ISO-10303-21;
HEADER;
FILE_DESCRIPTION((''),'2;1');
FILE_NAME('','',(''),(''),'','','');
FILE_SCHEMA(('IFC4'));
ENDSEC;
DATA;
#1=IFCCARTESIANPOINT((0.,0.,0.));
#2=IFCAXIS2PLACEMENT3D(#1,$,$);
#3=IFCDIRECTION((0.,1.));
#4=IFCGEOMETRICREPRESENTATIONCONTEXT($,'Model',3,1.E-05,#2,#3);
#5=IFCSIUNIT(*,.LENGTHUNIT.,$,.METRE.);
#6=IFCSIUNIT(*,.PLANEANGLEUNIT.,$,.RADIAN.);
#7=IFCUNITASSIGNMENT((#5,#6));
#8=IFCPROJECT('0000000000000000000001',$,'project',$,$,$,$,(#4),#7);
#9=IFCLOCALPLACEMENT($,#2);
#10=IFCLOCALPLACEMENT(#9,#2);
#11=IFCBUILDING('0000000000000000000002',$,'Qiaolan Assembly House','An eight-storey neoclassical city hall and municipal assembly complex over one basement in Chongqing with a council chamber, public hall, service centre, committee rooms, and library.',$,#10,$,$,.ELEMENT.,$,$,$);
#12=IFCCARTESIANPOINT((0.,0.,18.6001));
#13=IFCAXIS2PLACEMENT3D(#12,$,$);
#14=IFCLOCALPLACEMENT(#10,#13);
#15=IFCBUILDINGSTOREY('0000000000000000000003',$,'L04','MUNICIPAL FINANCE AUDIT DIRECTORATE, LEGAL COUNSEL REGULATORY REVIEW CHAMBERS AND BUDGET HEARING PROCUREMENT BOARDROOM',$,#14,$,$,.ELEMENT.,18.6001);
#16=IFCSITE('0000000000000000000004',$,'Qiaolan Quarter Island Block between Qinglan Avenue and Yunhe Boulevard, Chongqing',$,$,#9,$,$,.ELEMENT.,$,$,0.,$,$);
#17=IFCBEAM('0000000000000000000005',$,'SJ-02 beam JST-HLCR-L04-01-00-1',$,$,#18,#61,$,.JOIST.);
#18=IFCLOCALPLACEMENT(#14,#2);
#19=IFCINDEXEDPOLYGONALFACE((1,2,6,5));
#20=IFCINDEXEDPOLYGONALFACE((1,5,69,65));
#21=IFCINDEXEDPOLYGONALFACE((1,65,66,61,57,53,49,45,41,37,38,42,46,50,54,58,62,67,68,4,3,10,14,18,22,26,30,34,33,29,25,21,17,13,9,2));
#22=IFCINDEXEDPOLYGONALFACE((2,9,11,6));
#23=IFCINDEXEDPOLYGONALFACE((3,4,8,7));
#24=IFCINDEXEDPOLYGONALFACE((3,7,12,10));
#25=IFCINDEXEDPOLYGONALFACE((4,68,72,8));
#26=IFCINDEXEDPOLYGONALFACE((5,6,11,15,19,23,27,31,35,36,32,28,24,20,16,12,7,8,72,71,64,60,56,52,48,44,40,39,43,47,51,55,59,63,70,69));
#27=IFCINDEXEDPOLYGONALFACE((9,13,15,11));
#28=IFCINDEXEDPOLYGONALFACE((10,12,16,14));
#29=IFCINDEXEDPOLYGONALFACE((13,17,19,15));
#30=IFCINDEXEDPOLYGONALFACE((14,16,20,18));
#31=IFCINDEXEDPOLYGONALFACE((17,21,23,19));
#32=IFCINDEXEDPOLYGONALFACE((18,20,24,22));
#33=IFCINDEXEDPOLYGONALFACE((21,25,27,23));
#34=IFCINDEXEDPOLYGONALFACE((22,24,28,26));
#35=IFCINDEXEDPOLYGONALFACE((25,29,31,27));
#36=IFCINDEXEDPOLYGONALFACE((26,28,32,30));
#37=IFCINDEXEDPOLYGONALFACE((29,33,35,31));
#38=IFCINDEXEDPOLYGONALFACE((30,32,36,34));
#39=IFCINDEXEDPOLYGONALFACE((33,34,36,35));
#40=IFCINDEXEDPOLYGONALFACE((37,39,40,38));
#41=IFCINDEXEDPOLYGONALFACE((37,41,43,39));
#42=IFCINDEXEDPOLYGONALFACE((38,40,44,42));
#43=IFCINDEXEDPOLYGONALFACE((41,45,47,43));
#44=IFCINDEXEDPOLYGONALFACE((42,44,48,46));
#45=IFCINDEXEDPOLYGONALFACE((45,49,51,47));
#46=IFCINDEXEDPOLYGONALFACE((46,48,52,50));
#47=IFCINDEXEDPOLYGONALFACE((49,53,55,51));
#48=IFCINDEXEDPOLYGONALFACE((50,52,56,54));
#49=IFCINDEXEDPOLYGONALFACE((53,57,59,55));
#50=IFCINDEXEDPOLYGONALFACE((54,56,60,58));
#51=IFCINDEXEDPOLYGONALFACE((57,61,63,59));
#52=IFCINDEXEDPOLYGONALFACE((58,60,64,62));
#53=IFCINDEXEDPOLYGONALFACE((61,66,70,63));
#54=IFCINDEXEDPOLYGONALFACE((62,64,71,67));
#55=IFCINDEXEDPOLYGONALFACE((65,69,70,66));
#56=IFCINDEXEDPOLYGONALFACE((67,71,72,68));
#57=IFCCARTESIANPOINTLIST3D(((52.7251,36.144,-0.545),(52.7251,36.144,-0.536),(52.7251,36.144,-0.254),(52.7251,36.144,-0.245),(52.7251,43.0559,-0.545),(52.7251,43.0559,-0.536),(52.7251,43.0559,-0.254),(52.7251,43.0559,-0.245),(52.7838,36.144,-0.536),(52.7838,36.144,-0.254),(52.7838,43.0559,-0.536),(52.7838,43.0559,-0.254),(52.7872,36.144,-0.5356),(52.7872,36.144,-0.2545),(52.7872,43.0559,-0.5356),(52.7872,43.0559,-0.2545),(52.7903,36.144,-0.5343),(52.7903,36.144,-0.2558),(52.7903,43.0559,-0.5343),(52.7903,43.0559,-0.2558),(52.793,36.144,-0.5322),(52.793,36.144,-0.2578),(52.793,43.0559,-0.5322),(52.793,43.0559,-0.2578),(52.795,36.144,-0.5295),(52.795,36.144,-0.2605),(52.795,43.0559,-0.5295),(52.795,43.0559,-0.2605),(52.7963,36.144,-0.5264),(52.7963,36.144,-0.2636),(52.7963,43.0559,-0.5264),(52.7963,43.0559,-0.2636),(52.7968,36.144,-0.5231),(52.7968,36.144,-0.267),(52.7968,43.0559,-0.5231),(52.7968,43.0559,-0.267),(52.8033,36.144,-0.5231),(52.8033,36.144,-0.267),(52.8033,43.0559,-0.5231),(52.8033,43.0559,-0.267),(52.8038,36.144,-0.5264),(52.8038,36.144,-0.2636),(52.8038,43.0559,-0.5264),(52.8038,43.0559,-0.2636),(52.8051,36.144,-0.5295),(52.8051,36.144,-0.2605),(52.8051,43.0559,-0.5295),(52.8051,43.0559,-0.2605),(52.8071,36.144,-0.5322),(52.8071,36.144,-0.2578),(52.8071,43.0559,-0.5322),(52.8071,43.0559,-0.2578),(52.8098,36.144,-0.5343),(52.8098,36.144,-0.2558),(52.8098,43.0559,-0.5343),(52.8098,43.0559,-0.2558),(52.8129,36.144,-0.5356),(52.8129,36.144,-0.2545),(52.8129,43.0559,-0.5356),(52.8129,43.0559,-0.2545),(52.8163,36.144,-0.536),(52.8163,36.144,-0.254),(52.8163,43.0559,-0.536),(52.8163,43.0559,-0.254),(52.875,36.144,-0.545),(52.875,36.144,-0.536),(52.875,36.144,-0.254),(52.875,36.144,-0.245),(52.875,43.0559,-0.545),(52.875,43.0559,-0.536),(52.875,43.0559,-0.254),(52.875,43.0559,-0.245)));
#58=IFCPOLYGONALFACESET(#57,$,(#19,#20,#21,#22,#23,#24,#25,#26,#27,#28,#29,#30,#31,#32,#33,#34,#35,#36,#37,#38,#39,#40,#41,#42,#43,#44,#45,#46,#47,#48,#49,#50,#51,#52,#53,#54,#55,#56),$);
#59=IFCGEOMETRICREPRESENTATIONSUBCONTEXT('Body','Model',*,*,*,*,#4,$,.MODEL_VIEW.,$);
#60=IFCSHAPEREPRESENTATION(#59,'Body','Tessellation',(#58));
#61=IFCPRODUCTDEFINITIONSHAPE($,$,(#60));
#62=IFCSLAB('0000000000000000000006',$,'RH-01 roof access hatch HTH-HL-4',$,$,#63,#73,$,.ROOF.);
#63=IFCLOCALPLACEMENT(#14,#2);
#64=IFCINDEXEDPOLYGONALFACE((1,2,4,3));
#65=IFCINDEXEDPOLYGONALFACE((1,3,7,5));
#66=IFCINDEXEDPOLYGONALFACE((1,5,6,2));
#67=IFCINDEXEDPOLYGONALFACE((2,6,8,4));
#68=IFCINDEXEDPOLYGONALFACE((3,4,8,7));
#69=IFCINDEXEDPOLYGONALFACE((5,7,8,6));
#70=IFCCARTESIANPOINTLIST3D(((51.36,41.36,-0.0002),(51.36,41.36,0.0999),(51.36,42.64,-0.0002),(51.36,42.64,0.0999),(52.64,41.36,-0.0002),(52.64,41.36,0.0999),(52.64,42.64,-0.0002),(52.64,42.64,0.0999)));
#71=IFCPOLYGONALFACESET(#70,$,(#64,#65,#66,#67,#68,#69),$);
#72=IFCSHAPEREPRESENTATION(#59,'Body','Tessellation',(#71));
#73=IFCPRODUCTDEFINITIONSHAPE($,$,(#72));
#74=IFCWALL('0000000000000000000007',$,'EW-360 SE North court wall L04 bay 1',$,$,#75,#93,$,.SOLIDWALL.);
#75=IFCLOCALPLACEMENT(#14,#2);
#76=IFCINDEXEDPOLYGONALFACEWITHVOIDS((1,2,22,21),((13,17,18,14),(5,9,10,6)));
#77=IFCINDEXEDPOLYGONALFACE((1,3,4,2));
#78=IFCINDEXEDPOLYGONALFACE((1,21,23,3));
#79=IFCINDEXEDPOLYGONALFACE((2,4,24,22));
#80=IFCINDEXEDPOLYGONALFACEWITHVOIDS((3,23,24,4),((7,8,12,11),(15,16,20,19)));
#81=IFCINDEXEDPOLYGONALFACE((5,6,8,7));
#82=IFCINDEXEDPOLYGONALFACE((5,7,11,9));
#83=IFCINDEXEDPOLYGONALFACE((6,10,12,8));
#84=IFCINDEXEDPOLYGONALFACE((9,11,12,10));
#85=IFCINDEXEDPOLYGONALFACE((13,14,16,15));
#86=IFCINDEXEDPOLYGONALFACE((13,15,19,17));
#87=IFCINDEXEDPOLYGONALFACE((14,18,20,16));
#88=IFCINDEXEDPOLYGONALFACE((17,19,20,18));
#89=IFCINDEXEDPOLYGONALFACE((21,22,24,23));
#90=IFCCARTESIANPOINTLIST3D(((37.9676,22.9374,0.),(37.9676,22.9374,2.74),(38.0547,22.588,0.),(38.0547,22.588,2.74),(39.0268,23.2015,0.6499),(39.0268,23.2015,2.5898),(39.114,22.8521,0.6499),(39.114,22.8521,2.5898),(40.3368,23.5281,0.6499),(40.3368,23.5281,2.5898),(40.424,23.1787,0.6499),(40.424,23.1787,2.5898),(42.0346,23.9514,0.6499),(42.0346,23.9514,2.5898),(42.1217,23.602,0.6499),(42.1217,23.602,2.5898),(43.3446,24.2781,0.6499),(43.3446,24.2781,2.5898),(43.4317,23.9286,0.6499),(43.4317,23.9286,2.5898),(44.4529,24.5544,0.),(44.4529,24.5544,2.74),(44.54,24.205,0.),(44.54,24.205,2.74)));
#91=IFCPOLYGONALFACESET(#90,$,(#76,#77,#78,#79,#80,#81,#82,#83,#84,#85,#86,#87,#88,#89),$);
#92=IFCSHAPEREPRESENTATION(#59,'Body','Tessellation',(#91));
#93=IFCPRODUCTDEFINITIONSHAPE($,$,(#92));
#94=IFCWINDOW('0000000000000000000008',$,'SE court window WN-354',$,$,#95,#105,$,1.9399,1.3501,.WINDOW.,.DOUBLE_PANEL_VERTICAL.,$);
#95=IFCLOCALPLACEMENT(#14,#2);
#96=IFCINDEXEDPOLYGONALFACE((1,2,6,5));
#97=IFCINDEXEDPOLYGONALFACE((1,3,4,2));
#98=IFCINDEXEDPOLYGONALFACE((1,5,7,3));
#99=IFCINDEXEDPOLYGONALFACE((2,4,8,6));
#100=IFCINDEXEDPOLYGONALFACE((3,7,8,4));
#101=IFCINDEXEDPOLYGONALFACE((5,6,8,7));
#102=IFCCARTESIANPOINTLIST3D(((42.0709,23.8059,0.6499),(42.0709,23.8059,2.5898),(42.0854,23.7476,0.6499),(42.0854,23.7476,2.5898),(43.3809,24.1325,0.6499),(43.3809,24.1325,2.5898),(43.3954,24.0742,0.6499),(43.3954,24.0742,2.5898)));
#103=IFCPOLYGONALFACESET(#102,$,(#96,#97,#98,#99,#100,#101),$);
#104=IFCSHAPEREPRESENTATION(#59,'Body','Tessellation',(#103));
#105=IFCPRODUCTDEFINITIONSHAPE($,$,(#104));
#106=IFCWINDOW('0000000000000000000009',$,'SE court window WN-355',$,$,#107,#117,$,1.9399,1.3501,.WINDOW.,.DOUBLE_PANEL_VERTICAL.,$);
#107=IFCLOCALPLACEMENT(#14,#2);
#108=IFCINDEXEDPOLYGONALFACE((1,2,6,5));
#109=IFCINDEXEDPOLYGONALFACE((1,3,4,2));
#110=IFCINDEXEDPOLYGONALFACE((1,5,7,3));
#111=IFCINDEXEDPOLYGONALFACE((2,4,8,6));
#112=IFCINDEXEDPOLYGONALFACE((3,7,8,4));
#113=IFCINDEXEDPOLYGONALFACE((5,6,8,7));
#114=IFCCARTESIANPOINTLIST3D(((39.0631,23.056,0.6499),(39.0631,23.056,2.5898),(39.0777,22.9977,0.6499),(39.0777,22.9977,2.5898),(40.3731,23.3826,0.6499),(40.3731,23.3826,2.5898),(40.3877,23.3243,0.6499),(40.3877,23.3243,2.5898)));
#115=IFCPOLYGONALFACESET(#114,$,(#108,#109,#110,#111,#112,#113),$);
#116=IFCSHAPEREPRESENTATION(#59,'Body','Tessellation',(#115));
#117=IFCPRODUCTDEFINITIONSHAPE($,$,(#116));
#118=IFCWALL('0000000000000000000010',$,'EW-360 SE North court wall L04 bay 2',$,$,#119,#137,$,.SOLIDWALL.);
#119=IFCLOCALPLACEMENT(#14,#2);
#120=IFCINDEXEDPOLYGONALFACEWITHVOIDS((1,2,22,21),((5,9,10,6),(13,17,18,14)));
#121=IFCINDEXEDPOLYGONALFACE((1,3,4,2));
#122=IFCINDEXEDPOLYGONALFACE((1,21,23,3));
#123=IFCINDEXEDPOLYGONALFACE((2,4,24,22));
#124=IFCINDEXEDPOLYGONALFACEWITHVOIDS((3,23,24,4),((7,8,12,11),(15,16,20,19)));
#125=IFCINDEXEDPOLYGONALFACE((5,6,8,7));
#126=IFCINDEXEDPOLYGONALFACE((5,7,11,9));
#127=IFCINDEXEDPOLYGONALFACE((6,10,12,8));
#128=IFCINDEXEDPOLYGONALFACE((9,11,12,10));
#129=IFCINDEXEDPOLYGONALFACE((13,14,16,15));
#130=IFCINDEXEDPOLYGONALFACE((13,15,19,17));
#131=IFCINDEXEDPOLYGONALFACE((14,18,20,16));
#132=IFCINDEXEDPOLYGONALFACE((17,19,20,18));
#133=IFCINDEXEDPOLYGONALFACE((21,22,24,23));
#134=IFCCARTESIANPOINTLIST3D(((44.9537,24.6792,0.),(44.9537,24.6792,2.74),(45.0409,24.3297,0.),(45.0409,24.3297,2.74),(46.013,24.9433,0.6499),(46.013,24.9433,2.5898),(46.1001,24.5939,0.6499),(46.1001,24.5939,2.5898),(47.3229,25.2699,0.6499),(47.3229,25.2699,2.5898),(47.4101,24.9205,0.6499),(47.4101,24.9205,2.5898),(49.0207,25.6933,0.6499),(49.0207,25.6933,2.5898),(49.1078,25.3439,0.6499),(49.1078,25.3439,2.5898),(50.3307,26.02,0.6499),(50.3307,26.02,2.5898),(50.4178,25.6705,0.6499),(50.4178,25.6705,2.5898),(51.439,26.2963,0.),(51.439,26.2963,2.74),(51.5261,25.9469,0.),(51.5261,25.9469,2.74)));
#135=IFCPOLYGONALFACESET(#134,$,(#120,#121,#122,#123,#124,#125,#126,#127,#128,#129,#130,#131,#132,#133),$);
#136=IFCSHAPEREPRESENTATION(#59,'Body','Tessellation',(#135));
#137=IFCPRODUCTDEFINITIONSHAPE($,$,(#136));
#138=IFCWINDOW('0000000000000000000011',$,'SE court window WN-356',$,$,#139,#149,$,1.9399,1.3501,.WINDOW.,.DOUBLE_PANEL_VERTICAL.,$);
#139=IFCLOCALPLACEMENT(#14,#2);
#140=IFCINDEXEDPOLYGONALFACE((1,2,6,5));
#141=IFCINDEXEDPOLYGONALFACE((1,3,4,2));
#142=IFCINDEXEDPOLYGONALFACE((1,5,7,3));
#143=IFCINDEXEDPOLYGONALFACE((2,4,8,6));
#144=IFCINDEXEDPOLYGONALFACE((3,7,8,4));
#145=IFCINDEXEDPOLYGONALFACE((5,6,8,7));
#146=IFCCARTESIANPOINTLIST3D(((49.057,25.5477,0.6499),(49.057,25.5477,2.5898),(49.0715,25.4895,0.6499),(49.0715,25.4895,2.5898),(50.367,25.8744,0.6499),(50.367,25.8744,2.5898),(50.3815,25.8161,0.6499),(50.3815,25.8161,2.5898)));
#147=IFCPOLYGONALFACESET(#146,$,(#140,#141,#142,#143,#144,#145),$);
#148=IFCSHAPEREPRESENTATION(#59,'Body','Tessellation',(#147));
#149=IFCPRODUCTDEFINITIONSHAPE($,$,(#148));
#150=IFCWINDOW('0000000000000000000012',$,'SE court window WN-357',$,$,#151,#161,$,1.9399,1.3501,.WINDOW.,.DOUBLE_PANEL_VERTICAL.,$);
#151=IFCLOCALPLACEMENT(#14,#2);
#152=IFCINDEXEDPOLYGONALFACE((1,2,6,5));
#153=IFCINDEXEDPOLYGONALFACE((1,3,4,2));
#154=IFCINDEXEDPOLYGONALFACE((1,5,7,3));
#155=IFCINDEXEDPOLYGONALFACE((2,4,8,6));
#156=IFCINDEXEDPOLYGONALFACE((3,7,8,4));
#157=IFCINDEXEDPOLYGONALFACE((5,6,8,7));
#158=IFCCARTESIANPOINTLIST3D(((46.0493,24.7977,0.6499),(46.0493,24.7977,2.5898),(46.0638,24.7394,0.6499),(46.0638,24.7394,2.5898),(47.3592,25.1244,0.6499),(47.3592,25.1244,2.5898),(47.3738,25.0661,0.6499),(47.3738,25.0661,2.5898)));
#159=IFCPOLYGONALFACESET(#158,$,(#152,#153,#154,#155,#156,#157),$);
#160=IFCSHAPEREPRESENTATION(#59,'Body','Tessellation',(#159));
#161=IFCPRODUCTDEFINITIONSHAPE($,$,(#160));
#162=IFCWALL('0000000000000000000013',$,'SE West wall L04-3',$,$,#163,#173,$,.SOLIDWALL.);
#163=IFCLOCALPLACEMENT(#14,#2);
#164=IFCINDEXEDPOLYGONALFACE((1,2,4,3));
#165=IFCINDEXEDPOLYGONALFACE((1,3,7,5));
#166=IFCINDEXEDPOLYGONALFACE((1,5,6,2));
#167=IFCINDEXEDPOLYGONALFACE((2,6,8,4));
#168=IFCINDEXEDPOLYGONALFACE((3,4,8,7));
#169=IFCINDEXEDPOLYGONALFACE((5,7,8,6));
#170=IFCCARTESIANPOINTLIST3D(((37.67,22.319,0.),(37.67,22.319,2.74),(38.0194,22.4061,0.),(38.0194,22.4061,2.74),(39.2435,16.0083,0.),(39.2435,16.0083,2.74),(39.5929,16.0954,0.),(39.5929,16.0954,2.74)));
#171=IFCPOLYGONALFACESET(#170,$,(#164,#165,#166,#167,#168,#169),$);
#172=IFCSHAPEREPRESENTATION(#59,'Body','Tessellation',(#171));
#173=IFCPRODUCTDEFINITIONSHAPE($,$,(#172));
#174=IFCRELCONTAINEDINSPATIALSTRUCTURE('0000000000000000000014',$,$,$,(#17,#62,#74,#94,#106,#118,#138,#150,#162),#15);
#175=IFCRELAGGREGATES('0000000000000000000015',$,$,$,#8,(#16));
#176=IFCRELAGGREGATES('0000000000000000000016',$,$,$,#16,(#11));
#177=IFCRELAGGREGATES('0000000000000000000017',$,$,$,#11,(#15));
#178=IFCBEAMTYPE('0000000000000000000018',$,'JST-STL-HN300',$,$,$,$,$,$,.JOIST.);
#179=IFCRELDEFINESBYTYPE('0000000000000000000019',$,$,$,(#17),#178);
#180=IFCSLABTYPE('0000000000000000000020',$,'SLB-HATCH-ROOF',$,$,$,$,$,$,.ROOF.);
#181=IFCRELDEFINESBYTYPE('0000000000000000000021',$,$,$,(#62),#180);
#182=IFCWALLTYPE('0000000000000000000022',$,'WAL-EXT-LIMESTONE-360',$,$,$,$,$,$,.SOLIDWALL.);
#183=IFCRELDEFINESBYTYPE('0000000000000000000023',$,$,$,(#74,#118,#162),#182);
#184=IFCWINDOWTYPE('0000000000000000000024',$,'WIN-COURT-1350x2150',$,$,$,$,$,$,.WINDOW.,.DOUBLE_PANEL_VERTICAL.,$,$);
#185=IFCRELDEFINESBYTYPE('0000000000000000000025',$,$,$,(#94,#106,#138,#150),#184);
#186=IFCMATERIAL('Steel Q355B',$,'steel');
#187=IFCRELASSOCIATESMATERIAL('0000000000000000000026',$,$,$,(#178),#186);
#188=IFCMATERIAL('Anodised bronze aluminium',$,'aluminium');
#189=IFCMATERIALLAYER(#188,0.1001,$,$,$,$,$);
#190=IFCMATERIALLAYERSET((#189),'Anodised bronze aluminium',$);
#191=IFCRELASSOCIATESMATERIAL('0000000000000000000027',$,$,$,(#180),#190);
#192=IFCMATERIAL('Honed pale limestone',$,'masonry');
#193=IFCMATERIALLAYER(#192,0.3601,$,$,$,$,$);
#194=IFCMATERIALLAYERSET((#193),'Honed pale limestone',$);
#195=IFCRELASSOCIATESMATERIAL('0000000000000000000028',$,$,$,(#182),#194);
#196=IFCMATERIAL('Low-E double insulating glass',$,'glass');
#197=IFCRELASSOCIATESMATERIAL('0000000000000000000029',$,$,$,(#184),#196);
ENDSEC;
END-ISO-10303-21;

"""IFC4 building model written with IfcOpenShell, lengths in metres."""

from ifc_helpers import new_model, si_unit, direction, frame, frame_2d, origin, origin_2d, place, context, subcontext, project, spatial, rectangle, i_section, extrude, material, layer, layer_set, material_profile, profile_set, type_object, element, fill, save


model = new_model("IFC4")

# Units and contexts
model_context = context("Model", 3, precision=1e-05, world=origin(), true_north=direction((0.0, 1.0)))
body_context = subcontext(model_context, "Body", "Model", "MODEL_VIEW")
ifc_project = project(units=[si_unit("LENGTHUNIT", "METRE"), si_unit("PLANEANGLEUNIT", "RADIAN")], contexts=[model_context])

# Site, building, storey
site_placement = place(None, origin())
site = spatial("IfcSite", under=ifc_project, at=site_placement, Name="Qiaolan Quarter Island Block between Qinglan Avenue and Yunhe Boulevard, Chongqing", CompositionType="ELEMENT", RefElevation=0.0)
building_placement = place(site_placement, origin())
building = spatial("IfcBuilding", under=site, at=building_placement, Name="Qiaolan Assembly House", Description="An eight-storey neoclassical city hall and municipal assembly complex over one basement in Chongqing with a council chamber, public hall, service centre, committee rooms, and library.", CompositionType="ELEMENT")
storey_placement = place(building_placement, frame((0.0, 0.0, 18.6001)))
storey = spatial("IfcBuildingStorey", under=building, at=storey_placement, Name="L04", Description="MUNICIPAL FINANCE AUDIT DIRECTORATE, LEGAL COUNSEL REGULATORY REVIEW CHAMBERS AND BUDGET HEARING PROCUREMENT BOARDROOM", CompositionType="ELEMENT", Elevation=18.6001)

# Beam
ifc_material_1 = material(Name="Steel Q355B", Category="steel")
ifc_material_profile_1 = material_profile(ifc_material_1, i_section(OverallWidth=0.1499, OverallDepth=0.3, WebThickness=0.0066, FlangeThickness=0.009, FilletRadius=0.0129, at=origin_2d()), Name="HN 300x150x6.5x9")
ifc_profile_set_1 = profile_set([ifc_material_profile_1], Name="Steel Q355B")
beam_type_1 = type_object("IfcBeamType", Name="JST-STL-HN300", PredefinedType="JOIST", material=ifc_profile_set_1)
for number, where, z_axis, x_axis, name in (
    (1, (52.8, 36.144, -0.395), (0.0, 1.0, 0.0), (-1.0, 0.0, 0.0), "SJ-02 beam JST-HLCR-L04-01-00-1"),
):
    element("IfcBeam", number, at=place(storey_placement, frame(where, z_axis=z_axis, x_axis=x_axis)), inside=storey, type_object=beam_type_1, Name=name, PredefinedType="JOIST", context=body_context, shape_type="SweptSolid", body=[
        extrude(i_section(OverallWidth=0.1499, OverallDepth=0.3, WebThickness=0.0066, FlangeThickness=0.009, FilletRadius=0.0129, at=origin_2d()), origin(), (0.0, 0.0, 1.0), 6.9119),
    ])

# Slab
ifc_material_2 = material(Name="Anodised bronze aluminium", Category="aluminium")
ifc_layer_1 = layer(ifc_material_2, 0.1001)
ifc_layer_set_1 = layer_set([ifc_layer_1], Name="Anodised bronze aluminium")
slab_type = type_object("IfcSlabType", Name="SLB-HATCH-ROOF", PredefinedType="ROOF", material=ifc_layer_set_1)
slab_placement = place(storey_placement, frame((52.0, 42.0, -0.0002), z_axis=(0.0, 0.0, 1.0), x_axis=(1.0, 0.0, 0.0)))
element("IfcSlab", 2, at=slab_placement, inside=storey, type_object=slab_type, Name="RH-01 roof access hatch HTH-HL-4", PredefinedType="ROOF", context=body_context, shape_type="SweptSolid", body=[
    extrude(rectangle(XDim=1.28, YDim=1.28, at=origin_2d()), origin(), (0.0, 0.0, 1.0), 0.1001),
])

# Walls, openings, windows
ifc_material_3 = material(Name="Honed pale limestone", Category="masonry")
ifc_layer_2 = layer(ifc_material_3, 0.3601)
ifc_layer_set_2 = layer_set([ifc_layer_2], Name="Honed pale limestone")
wall_type_1 = type_object("IfcWallType", Name="WAL-EXT-LIMESTONE-360", PredefinedType="SOLIDWALL", material=ifc_layer_set_2)
wall_1_placement = place(storey_placement, frame((44.4963, 24.3796, 0.0), z_axis=(0.0, 0.0, 1.0), x_axis=(-0.970297, -0.241917, 0.0)))
wall_1 = element("IfcWall", 3, at=wall_1_placement, inside=storey, type_object=wall_type_1, Name="EW-360 SE North court wall L04 bay 1", PredefinedType="SOLIDWALL", context=body_context, shape_type="SweptSolid", body=[
    extrude(rectangle(XDim=6.6838, YDim=0.3601, at=frame_2d((3.3418, 0.0))), origin(), (0.0, 0.0, 1.0), 2.74),
])
opening_1_placement = place(wall_1_placement, frame((1.1421, 0.0, 0.6499)))
opening_1 = element("IfcOpeningElement", 4, at=opening_1_placement, cuts=wall_1, PredefinedType="OPENING", context=body_context, shape_type="SweptSolid", body=[
    extrude(rectangle(XDim=1.3501, YDim=1.9399, at=frame_2d((0.675, 0.97))), frame((0.0, 0.1899, 0.0), z_axis=(0.0, -1.0, 0.0), x_axis=(1.0, 0.0, 0.0)), (0.0, 0.0, 1.0), 0.3801),
])
opening_2_placement = place(wall_1_placement, frame((4.2419, 0.0, 0.6499)))
opening_2 = element("IfcOpeningElement", 5, at=opening_2_placement, cuts=wall_1, PredefinedType="OPENING", context=body_context, shape_type="SweptSolid", body=[
    extrude(rectangle(XDim=1.3501, YDim=1.9399, at=frame_2d((0.675, 0.97))), frame((0.0, 0.1899, 0.0), z_axis=(0.0, -1.0, 0.0), x_axis=(1.0, 0.0, 0.0)), (0.0, 0.0, 1.0), 0.3801),
])
ifc_material_4 = material(Name="Low-E double insulating glass", Category="glass")
window_type = type_object("IfcWindowType", Name="WIN-COURT-1350x2150", PartitioningType="DOUBLE_PANEL_VERTICAL", PredefinedType="WINDOW", material=ifc_material_4)
window_1_placement = place(opening_1_placement, origin())
window_1 = element("IfcWindow", 6, at=window_1_placement, inside=storey, type_object=window_type, Name="SE court window WN-354", OverallHeight=1.9399, OverallWidth=1.3501, PartitioningType="DOUBLE_PANEL_VERTICAL", PredefinedType="WINDOW", context=body_context, shape_type="SweptSolid", body=[
    extrude(rectangle(XDim=1.3501, YDim=1.9399, at=frame_2d((0.675, 0.97))), frame((0.0, 0.03, 0.0), z_axis=(0.0, -1.0, 0.0), x_axis=(1.0, 0.0, 0.0)), (0.0, 0.0, 1.0), 0.0601),
])
fill(opening_1, window_1)
window_2_placement = place(opening_2_placement, origin())
window_2 = element("IfcWindow", 7, at=window_2_placement, inside=storey, type_object=window_type, Name="SE court window WN-355", OverallHeight=1.9399, OverallWidth=1.3501, PartitioningType="DOUBLE_PANEL_VERTICAL", PredefinedType="WINDOW", context=body_context, shape_type="SweptSolid", body=[
    extrude(rectangle(XDim=1.3501, YDim=1.9399, at=frame_2d((0.675, 0.97))), frame((0.0, 0.03, 0.0), z_axis=(0.0, -1.0, 0.0), x_axis=(1.0, 0.0, 0.0)), (0.0, 0.0, 1.0), 0.0601),
])
fill(opening_2, window_2)
wall_2_placement = place(storey_placement, frame((51.4824, 26.1216, 0.0), z_axis=(0.0, 0.0, 1.0), x_axis=(-0.970288, -0.241951, 0.0)))
wall_2 = element("IfcWall", 8, at=wall_2_placement, inside=storey, type_object=wall_type_1, Name="EW-360 SE North court wall L04 bay 2", PredefinedType="SOLIDWALL", context=body_context, shape_type="SweptSolid", body=[
    extrude(rectangle(XDim=6.6838, YDim=0.3601, at=frame_2d((3.3418, 0.0))), origin(), (0.0, 0.0, 1.0), 2.74),
])
opening_3_placement = place(wall_2_placement, frame((1.1421, 0.0, 0.6499)))
opening_3 = element("IfcOpeningElement", 9, at=opening_3_placement, cuts=wall_2, PredefinedType="OPENING", context=body_context, shape_type="SweptSolid", body=[
    extrude(rectangle(XDim=1.3501, YDim=1.9399, at=frame_2d((0.675, 0.97))), frame((0.0, 0.1899, 0.0), z_axis=(0.0, -1.0, 0.0), x_axis=(1.0, 0.0, 0.0)), (0.0, 0.0, 1.0), 0.3801),
])
opening_4_placement = place(wall_2_placement, frame((4.2419, 0.0, 0.6499)))
opening_4 = element("IfcOpeningElement", 10, at=opening_4_placement, cuts=wall_2, PredefinedType="OPENING", context=body_context, shape_type="SweptSolid", body=[
    extrude(rectangle(XDim=1.3501, YDim=1.9399, at=frame_2d((0.675, 0.97))), frame((0.0, 0.1899, 0.0), z_axis=(0.0, -1.0, 0.0), x_axis=(1.0, 0.0, 0.0)), (0.0, 0.0, 1.0), 0.3801),
])
window_3_placement = place(opening_3_placement, origin())
window_3 = element("IfcWindow", 11, at=window_3_placement, inside=storey, type_object=window_type, Name="SE court window WN-356", OverallHeight=1.9399, OverallWidth=1.3501, PartitioningType="DOUBLE_PANEL_VERTICAL", PredefinedType="WINDOW", context=body_context, shape_type="SweptSolid", body=[
    extrude(rectangle(XDim=1.3501, YDim=1.9399, at=frame_2d((0.675, 0.97))), frame((0.0, 0.03, 0.0), z_axis=(0.0, -1.0, 0.0), x_axis=(1.0, 0.0, 0.0)), (0.0, 0.0, 1.0), 0.0601),
])
fill(opening_3, window_3)
window_4_placement = place(opening_4_placement, origin())
window_4 = element("IfcWindow", 12, at=window_4_placement, inside=storey, type_object=window_type, Name="SE court window WN-357", OverallHeight=1.9399, OverallWidth=1.3501, PartitioningType="DOUBLE_PANEL_VERTICAL", PredefinedType="WINDOW", context=body_context, shape_type="SweptSolid", body=[
    extrude(rectangle(XDim=1.3501, YDim=1.9399, at=frame_2d((0.675, 0.97))), frame((0.0, 0.03, 0.0), z_axis=(0.0, -1.0, 0.0), x_axis=(1.0, 0.0, 0.0)), (0.0, 0.0, 1.0), 0.0601),
])
fill(opening_4, window_4)

# Wall
wall_3_placement = place(storey_placement, frame((37.8447, 22.3625, 0.0), z_axis=(0.0, 0.0, 1.0), x_axis=(0.241926, -0.970295, 0.0)))
element("IfcWall", 13, at=wall_3_placement, inside=storey, type_object=wall_type_1, Name="SE West wall L04-3", PredefinedType="SOLIDWALL", context=body_context, shape_type="SweptSolid", body=[
    extrude(rectangle(XDim=6.5039, YDim=0.3601, at=frame_2d((3.252, 0.0))), origin(), (0.0, 0.0, 1.0), 2.74),
])

save(model, "model.ifc")
